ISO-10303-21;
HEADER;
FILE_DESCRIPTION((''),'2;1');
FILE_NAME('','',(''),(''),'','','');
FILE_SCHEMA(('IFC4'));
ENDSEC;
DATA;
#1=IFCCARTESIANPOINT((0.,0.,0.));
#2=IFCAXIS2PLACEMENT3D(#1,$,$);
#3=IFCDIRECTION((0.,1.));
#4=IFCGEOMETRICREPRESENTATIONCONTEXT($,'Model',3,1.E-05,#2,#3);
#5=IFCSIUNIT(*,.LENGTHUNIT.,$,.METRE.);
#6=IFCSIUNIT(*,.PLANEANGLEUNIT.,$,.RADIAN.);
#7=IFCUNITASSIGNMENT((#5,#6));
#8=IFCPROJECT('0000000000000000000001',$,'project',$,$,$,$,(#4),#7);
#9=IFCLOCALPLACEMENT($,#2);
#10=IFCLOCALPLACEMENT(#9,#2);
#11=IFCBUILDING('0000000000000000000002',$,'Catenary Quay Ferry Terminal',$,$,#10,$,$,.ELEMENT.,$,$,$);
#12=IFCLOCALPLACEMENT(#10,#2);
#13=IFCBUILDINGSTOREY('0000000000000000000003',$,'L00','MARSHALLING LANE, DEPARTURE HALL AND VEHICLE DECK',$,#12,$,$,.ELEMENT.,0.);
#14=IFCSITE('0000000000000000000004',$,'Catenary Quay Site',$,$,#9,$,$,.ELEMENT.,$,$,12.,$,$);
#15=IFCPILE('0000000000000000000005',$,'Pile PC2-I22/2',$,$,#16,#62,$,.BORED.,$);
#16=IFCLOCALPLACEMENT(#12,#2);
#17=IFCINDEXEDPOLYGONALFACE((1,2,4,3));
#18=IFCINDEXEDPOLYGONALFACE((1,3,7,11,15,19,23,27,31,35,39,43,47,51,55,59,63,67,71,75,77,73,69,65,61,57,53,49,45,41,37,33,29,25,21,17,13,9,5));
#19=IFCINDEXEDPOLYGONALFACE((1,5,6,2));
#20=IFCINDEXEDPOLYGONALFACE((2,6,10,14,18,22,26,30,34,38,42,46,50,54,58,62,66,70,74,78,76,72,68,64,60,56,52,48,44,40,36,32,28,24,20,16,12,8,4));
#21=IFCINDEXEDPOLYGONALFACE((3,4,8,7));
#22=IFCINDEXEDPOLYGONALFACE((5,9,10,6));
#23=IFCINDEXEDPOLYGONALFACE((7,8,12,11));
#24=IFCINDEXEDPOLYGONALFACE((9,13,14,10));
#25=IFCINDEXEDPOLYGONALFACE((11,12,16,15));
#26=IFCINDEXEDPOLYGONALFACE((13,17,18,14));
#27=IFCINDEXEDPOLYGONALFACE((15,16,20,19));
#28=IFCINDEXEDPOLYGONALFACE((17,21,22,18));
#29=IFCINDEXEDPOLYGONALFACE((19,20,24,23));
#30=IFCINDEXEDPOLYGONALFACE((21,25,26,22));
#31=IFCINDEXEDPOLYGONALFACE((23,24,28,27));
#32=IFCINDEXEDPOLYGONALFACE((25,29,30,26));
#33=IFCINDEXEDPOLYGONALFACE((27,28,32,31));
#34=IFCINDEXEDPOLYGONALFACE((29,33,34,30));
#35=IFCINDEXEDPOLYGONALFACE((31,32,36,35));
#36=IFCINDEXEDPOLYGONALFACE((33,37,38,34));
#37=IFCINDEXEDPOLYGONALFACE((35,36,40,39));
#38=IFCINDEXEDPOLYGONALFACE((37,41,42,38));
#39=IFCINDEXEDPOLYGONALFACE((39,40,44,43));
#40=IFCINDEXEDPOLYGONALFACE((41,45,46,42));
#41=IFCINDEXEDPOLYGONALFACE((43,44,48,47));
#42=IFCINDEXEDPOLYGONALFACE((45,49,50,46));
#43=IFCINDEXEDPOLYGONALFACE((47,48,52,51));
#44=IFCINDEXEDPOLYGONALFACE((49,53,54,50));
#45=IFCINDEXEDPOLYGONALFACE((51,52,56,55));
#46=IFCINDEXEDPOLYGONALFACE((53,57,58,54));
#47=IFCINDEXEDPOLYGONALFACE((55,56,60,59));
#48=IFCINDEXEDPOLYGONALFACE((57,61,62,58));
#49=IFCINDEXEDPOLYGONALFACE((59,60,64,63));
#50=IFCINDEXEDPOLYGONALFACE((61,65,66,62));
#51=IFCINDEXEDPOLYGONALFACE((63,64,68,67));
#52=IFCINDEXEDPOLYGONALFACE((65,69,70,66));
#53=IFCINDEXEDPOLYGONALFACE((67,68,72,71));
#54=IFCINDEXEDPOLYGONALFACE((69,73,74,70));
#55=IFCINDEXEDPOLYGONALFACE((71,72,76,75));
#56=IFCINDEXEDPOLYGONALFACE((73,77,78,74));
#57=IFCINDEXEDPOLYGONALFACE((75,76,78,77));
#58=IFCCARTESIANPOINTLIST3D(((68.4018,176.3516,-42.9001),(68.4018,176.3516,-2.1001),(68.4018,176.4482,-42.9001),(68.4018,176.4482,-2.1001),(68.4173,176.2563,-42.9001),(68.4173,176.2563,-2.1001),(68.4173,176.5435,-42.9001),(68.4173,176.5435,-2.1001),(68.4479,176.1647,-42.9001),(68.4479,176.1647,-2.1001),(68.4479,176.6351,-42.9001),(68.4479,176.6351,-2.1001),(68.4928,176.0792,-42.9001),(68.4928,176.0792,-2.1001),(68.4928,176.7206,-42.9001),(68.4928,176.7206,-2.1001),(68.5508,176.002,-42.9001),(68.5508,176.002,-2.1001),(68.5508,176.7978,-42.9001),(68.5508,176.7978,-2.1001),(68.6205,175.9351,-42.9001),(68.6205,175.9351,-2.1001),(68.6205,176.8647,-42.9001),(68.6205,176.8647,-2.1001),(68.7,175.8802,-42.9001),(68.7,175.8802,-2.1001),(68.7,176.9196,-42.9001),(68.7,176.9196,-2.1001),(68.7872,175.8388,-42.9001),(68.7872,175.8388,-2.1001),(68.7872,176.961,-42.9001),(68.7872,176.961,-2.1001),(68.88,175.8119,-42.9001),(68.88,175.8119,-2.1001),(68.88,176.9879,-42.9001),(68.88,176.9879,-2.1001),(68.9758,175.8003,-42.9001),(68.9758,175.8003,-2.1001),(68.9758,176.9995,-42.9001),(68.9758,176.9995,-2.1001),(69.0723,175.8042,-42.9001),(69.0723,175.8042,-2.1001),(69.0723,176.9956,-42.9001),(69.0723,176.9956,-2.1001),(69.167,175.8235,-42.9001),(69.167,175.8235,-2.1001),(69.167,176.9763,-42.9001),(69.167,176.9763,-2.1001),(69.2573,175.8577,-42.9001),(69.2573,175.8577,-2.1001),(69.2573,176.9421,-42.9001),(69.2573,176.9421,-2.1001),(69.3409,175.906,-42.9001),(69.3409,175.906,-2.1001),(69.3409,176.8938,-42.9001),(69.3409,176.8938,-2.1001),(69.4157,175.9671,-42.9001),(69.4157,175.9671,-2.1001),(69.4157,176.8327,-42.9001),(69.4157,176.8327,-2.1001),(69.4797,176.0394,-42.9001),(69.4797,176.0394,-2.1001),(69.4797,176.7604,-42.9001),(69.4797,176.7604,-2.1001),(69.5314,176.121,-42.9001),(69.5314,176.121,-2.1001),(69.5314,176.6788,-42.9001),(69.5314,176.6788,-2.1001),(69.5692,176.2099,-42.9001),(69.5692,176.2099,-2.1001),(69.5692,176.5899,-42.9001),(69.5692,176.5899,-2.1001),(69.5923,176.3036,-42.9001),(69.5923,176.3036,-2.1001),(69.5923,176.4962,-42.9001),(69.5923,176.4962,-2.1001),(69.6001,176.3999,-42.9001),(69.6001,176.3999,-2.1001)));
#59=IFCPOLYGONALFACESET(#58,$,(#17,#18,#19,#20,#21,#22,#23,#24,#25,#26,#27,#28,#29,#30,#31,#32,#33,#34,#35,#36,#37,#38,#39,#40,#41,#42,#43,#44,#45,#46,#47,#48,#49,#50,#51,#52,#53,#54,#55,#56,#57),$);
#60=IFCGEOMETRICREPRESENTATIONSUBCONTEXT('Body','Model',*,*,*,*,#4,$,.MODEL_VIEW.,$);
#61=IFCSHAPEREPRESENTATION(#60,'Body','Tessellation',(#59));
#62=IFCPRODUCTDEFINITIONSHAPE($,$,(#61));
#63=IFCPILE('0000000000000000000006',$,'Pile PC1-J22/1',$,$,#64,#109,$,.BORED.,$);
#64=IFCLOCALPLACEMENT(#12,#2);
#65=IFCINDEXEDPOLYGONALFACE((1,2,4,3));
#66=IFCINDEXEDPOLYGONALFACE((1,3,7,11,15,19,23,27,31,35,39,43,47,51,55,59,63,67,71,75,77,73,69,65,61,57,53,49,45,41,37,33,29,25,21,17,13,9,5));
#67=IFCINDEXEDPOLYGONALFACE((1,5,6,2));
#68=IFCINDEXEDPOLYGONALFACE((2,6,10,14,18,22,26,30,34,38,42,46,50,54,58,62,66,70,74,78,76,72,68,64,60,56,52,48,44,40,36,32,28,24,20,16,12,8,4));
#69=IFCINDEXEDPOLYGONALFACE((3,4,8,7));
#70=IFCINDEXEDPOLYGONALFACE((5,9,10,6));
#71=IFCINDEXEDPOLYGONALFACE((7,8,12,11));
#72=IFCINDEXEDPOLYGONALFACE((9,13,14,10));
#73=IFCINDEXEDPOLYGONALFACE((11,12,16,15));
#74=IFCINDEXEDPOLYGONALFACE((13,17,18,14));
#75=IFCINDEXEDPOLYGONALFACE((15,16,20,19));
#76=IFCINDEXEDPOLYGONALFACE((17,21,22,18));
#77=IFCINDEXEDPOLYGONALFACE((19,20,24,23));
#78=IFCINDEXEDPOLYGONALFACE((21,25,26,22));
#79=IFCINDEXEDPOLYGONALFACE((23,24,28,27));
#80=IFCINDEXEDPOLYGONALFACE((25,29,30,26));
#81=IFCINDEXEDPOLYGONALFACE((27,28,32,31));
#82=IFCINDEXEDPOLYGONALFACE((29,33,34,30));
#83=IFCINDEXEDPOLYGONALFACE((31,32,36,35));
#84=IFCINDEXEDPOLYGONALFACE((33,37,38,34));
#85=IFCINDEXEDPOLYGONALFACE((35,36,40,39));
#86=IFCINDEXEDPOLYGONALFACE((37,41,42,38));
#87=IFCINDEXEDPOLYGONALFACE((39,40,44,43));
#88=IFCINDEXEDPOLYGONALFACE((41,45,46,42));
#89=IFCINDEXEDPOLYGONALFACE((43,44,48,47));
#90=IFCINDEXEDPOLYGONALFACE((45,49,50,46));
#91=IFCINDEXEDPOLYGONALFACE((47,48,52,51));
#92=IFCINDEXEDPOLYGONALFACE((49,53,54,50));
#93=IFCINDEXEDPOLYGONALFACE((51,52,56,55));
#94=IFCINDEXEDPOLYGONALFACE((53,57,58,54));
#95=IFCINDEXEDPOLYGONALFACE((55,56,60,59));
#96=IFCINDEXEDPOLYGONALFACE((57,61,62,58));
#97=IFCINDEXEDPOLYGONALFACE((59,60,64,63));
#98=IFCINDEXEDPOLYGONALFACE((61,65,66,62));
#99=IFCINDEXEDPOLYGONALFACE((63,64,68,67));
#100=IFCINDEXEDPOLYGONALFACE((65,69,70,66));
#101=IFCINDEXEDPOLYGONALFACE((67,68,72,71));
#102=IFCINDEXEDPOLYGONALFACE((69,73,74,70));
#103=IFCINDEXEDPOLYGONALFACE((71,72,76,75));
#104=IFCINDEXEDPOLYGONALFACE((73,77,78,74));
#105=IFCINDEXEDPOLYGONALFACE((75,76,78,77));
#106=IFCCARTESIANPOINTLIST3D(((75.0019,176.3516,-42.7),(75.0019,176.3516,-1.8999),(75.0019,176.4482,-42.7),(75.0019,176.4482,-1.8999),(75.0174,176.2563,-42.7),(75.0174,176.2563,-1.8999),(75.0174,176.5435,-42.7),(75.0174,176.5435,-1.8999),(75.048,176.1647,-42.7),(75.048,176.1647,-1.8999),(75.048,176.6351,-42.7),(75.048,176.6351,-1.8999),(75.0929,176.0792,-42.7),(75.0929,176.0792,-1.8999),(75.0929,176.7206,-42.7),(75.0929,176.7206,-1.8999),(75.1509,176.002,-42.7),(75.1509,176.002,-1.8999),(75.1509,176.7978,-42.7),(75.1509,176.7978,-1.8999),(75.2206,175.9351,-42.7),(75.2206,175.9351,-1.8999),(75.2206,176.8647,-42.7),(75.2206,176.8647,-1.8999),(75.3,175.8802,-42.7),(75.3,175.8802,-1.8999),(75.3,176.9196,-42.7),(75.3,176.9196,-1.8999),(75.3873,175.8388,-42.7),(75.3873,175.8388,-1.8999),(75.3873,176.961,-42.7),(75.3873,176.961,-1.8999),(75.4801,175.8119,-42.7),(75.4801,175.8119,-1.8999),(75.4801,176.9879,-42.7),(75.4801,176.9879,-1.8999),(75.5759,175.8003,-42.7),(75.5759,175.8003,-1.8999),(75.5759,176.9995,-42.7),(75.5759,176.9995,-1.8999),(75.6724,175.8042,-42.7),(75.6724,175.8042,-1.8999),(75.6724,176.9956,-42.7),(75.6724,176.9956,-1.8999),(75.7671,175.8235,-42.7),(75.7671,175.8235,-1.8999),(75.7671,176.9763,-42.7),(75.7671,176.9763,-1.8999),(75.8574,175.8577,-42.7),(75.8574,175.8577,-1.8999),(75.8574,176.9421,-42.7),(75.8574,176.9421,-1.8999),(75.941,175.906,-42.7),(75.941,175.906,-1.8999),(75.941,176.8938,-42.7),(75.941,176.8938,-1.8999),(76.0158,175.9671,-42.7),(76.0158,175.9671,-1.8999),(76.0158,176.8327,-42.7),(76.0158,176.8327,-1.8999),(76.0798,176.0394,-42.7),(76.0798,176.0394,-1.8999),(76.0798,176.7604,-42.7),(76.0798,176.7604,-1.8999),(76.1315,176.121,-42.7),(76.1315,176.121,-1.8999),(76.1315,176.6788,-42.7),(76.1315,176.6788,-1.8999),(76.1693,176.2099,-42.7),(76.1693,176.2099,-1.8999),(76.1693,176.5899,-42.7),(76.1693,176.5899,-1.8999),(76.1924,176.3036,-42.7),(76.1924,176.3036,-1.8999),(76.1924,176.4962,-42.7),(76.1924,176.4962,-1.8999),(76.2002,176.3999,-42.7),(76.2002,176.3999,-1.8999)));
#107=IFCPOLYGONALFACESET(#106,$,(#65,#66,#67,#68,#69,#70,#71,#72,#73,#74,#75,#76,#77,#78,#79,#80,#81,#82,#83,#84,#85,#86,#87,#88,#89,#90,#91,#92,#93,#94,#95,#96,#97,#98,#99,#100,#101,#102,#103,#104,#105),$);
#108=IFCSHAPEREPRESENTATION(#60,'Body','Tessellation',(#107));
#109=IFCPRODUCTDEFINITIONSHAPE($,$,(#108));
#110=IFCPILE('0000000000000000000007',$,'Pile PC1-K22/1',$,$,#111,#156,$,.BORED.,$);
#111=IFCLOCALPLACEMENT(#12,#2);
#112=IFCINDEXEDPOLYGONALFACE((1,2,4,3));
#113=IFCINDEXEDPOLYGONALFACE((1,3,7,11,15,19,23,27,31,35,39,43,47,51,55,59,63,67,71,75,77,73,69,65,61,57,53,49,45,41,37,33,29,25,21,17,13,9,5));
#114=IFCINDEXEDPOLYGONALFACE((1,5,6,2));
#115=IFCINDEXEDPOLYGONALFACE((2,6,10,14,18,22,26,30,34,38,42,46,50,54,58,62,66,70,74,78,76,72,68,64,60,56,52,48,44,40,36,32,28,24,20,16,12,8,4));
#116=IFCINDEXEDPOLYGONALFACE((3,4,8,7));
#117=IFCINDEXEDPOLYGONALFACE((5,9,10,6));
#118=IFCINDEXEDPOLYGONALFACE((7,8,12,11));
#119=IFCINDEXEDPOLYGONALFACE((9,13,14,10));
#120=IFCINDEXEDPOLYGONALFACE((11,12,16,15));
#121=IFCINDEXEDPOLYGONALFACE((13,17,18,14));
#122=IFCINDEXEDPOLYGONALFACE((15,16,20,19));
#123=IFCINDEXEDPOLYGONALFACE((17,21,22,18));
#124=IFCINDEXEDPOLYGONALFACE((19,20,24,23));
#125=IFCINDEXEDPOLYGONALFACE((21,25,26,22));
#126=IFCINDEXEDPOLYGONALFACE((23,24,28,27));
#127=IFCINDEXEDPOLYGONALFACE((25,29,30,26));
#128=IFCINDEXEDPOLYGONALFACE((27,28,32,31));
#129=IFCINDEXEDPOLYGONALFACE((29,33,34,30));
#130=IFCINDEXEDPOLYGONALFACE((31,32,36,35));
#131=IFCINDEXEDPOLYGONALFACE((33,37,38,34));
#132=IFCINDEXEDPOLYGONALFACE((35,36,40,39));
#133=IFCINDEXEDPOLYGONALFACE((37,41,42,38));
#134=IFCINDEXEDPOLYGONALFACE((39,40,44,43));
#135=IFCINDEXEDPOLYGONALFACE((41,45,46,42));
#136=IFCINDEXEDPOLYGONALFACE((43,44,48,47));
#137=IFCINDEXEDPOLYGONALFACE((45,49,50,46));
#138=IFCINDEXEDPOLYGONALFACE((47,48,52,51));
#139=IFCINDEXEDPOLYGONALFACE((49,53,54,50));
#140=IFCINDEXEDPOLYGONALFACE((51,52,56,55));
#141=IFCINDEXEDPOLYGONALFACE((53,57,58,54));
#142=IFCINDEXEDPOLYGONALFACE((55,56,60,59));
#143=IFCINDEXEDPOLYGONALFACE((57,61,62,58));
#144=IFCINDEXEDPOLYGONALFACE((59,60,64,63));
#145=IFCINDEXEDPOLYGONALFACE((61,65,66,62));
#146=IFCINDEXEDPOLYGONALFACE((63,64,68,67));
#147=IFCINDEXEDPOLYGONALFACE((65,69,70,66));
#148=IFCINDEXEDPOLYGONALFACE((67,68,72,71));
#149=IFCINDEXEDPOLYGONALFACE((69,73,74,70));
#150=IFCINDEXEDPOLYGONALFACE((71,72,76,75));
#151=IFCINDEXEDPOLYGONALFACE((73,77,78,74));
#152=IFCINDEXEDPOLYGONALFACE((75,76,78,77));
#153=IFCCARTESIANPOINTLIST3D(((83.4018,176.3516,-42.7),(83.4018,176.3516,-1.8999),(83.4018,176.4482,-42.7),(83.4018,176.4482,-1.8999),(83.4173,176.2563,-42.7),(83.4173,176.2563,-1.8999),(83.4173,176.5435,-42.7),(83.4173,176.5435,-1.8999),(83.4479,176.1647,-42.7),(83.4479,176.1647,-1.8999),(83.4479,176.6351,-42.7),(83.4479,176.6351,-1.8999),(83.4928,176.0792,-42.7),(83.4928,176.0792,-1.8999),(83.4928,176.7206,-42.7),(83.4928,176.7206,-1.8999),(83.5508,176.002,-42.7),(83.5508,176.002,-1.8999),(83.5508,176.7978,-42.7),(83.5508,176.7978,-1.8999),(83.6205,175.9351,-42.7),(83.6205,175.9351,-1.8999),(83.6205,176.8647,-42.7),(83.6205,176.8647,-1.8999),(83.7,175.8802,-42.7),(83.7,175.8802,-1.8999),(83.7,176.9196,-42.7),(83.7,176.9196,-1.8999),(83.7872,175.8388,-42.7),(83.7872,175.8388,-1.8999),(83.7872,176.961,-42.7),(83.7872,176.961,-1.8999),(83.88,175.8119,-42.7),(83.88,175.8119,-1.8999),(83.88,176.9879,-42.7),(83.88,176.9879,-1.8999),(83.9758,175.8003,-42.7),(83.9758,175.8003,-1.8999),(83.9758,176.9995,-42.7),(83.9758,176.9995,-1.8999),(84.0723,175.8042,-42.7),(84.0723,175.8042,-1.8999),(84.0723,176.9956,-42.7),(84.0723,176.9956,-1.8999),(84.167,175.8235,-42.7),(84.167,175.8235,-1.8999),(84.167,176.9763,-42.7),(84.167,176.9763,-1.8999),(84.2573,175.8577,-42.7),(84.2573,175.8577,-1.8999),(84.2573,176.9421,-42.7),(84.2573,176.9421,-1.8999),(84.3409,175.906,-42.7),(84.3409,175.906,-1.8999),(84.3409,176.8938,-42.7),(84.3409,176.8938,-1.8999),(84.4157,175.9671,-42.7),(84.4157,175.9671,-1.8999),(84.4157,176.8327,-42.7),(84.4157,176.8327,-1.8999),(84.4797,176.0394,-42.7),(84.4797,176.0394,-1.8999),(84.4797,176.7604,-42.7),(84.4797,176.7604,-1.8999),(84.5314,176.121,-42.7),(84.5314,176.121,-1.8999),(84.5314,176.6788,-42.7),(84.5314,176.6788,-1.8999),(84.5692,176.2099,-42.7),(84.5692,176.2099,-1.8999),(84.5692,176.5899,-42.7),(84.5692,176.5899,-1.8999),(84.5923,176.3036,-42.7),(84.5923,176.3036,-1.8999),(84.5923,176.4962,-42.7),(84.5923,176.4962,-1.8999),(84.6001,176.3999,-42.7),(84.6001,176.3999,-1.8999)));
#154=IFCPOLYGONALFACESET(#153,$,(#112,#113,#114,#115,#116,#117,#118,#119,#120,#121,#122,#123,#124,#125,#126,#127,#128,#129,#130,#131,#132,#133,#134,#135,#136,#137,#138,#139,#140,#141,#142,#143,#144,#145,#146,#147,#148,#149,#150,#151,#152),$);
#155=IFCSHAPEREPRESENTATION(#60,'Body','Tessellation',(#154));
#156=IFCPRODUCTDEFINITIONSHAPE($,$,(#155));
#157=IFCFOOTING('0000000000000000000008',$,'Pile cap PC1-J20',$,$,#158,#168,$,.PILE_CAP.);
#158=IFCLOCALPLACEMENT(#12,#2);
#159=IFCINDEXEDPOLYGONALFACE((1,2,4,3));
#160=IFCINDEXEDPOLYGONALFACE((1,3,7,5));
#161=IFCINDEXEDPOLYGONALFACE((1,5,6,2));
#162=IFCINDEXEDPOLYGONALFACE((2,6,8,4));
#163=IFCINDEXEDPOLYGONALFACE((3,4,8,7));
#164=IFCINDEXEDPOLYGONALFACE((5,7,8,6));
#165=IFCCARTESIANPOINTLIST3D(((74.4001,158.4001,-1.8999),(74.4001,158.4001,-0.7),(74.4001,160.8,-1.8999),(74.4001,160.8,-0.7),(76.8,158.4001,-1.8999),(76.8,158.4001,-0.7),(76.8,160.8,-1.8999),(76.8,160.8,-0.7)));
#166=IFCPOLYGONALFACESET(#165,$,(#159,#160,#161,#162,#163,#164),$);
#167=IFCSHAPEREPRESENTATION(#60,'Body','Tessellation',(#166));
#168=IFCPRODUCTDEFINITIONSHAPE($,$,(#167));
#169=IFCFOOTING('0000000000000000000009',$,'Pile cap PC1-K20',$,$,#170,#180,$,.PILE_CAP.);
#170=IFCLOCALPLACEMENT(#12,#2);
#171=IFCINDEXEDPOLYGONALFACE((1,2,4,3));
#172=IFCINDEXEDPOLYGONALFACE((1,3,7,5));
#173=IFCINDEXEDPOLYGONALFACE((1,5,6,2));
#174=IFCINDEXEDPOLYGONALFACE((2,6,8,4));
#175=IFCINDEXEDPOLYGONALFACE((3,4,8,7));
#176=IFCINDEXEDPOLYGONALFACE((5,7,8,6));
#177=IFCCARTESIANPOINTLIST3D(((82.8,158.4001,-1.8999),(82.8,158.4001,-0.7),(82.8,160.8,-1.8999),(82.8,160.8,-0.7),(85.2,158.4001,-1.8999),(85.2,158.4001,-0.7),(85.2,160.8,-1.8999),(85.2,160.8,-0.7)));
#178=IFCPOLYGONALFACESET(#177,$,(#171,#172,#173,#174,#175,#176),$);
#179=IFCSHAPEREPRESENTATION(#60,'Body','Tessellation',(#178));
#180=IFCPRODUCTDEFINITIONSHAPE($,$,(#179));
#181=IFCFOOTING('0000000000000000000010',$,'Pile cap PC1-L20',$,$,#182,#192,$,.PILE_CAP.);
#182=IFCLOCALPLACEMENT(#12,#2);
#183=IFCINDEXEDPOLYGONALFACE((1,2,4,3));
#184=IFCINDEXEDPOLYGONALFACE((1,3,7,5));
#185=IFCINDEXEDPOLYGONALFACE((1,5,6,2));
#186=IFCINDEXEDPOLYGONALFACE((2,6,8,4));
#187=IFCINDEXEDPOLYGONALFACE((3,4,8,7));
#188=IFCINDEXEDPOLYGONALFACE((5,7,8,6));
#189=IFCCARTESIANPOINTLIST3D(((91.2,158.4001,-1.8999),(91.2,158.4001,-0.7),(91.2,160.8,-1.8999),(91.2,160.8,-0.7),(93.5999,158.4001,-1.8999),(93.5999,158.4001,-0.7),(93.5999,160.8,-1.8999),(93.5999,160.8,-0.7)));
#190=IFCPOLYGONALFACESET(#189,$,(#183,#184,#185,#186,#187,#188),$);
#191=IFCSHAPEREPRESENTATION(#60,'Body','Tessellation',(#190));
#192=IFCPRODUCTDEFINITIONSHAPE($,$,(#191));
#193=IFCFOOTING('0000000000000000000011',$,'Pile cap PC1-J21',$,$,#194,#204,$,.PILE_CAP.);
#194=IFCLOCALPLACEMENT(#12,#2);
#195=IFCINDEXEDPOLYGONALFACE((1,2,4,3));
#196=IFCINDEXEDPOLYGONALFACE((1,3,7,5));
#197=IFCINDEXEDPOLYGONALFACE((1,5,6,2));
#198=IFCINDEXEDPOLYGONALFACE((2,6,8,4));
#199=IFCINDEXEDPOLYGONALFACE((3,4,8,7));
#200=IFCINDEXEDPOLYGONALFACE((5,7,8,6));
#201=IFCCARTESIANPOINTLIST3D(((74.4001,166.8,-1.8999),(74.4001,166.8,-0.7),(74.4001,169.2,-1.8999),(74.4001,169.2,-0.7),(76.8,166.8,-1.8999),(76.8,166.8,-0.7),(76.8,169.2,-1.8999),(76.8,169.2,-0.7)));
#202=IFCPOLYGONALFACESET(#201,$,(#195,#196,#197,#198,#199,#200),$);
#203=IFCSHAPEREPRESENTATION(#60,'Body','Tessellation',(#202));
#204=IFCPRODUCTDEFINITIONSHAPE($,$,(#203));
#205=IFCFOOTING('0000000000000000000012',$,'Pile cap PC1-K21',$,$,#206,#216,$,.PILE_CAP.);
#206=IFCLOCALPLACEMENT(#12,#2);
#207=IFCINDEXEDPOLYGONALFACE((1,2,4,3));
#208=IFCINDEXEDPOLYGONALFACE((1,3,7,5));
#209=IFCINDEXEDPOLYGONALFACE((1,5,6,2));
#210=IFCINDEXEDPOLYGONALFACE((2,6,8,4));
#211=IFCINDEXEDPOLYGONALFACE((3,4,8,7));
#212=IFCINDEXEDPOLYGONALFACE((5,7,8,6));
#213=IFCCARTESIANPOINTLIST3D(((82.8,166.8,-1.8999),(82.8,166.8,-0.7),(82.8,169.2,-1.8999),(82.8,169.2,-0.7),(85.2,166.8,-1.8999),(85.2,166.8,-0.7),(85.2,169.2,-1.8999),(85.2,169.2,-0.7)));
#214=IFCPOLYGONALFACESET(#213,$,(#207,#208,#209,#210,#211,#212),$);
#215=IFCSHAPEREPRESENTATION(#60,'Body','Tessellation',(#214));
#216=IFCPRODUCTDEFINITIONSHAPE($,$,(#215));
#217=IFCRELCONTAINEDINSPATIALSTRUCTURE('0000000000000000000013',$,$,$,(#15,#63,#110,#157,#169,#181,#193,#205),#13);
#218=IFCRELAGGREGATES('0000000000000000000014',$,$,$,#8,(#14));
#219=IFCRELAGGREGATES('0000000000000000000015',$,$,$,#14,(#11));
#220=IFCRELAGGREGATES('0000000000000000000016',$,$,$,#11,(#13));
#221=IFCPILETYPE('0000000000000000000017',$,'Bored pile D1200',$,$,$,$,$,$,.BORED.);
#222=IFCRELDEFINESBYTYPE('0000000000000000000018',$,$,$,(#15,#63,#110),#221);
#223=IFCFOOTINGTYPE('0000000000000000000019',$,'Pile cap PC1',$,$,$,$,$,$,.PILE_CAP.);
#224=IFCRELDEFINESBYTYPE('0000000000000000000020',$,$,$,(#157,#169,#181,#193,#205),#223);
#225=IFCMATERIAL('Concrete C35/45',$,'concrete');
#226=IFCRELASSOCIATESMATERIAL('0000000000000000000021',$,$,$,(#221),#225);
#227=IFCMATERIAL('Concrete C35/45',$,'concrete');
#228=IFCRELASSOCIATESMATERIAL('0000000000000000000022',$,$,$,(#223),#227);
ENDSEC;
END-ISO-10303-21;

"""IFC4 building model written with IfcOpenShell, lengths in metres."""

from ifc_helpers import new_model, si_unit, direction, frame, origin, origin_2d, place, context, subcontext, project, spatial, rectangle, circle, extrude, material, material_profile, profile_set, type_object, element, save


model = new_model("IFC4")

# Units and contexts
model_context = context("Model", 3, precision=1e-05, world=origin(), true_north=direction((0.0, 1.0)))
body_context = subcontext(model_context, "Body", "Model", "MODEL_VIEW")
ifc_project = project(units=[si_unit("LENGTHUNIT", "METRE"), si_unit("PLANEANGLEUNIT", "RADIAN")], contexts=[model_context])

# Site, building, storey
site_placement = place(None, origin())
site = spatial("IfcSite", under=ifc_project, at=site_placement, Name="Catenary Quay Site", CompositionType="ELEMENT", RefElevation=12.0)
building_placement = place(site_placement, origin())
building = spatial("IfcBuilding", under=site, at=building_placement, Name="Catenary Quay Ferry Terminal", CompositionType="ELEMENT")
storey_placement = place(building_placement, origin())
storey = spatial("IfcBuildingStorey", under=building, at=storey_placement, Name="L00", Description="MARSHALLING LANE, DEPARTURE HALL AND VEHICLE DECK", CompositionType="ELEMENT", Elevation=0.0)

# Piles
ifc_material_1 = material(Name="Concrete C35/45", Category="concrete")
ifc_material_profile = material_profile(ifc_material_1, circle(Radius=0.6001, at=origin_2d()), Name="D1200")
ifc_profile_set = profile_set([ifc_material_profile], Name="Concrete C35/45")
pile_type = type_object("IfcPileType", Name="Bored pile D1200", PredefinedType="BORED", material=ifc_profile_set)
for number, where, z_axis, x_axis, name in (
    (1, (69.0, 176.3999, -2.1001), (0.0, 0.0, -1.0), (1.0, 0.0, 0.0), "Pile PC2-I22/2"),
    (2, (75.6001, 176.3999, -1.8999), (0.0, 0.0, -1.0), (1.0, 0.0, 0.0), "Pile PC1-J22/1"),
    (3, (84.0, 176.3999, -1.8999), (0.0, 0.0, -1.0), (1.0, 0.0, 0.0), "Pile PC1-K22/1"),
):
    element("IfcPile", number, at=place(storey_placement, frame(where, z_axis=z_axis, x_axis=x_axis)), inside=storey, type_object=pile_type, Name=name, PredefinedType="BORED", context=body_context, shape_type="SweptSolid", body=[
        extrude(circle(Radius=0.6001, at=origin_2d()), origin(), (0.0, 0.0, 1.0), 40.8),
    ])

# Footings
ifc_material_2 = material(Name="Concrete C35/45", Category="concrete")
footing_type = type_object("IfcFootingType", Name="Pile cap PC1", PredefinedType="PILE_CAP", material=ifc_material_2)
for number, where, z_axis, x_axis, name in (
    (4, (75.6001, 159.6001, -1.8999), (0.0, 0.0, 1.0), (1.0, 0.0, 0.0), "Pile cap PC1-J20"),
    (5, (84.0, 159.6001, -1.8999), (0.0, 0.0, 1.0), (1.0, 0.0, 0.0), "Pile cap PC1-K20"),
    (6, (92.3999, 159.6001, -1.8999), (0.0, 0.0, 1.0), (1.0, 0.0, 0.0), "Pile cap PC1-L20"),
    (7, (75.6001, 168.0, -1.8999), (0.0, 0.0, 1.0), (1.0, 0.0, 0.0), "Pile cap PC1-J21"),
    (8, (84.0, 168.0, -1.8999), (0.0, 0.0, 1.0), (1.0, 0.0, 0.0), "Pile cap PC1-K21"),
):
    element("IfcFooting", number, at=place(storey_placement, frame(where, z_axis=z_axis, x_axis=x_axis)), inside=storey, type_object=footing_type, Name=name, PredefinedType="PILE_CAP", context=body_context, shape_type="SweptSolid", body=[
        extrude(rectangle(XDim=2.3999, YDim=2.3999, at=origin_2d()), origin(), (0.0, 0.0, 1.0), 1.2),
    ])

save(model, "model.ifc")
